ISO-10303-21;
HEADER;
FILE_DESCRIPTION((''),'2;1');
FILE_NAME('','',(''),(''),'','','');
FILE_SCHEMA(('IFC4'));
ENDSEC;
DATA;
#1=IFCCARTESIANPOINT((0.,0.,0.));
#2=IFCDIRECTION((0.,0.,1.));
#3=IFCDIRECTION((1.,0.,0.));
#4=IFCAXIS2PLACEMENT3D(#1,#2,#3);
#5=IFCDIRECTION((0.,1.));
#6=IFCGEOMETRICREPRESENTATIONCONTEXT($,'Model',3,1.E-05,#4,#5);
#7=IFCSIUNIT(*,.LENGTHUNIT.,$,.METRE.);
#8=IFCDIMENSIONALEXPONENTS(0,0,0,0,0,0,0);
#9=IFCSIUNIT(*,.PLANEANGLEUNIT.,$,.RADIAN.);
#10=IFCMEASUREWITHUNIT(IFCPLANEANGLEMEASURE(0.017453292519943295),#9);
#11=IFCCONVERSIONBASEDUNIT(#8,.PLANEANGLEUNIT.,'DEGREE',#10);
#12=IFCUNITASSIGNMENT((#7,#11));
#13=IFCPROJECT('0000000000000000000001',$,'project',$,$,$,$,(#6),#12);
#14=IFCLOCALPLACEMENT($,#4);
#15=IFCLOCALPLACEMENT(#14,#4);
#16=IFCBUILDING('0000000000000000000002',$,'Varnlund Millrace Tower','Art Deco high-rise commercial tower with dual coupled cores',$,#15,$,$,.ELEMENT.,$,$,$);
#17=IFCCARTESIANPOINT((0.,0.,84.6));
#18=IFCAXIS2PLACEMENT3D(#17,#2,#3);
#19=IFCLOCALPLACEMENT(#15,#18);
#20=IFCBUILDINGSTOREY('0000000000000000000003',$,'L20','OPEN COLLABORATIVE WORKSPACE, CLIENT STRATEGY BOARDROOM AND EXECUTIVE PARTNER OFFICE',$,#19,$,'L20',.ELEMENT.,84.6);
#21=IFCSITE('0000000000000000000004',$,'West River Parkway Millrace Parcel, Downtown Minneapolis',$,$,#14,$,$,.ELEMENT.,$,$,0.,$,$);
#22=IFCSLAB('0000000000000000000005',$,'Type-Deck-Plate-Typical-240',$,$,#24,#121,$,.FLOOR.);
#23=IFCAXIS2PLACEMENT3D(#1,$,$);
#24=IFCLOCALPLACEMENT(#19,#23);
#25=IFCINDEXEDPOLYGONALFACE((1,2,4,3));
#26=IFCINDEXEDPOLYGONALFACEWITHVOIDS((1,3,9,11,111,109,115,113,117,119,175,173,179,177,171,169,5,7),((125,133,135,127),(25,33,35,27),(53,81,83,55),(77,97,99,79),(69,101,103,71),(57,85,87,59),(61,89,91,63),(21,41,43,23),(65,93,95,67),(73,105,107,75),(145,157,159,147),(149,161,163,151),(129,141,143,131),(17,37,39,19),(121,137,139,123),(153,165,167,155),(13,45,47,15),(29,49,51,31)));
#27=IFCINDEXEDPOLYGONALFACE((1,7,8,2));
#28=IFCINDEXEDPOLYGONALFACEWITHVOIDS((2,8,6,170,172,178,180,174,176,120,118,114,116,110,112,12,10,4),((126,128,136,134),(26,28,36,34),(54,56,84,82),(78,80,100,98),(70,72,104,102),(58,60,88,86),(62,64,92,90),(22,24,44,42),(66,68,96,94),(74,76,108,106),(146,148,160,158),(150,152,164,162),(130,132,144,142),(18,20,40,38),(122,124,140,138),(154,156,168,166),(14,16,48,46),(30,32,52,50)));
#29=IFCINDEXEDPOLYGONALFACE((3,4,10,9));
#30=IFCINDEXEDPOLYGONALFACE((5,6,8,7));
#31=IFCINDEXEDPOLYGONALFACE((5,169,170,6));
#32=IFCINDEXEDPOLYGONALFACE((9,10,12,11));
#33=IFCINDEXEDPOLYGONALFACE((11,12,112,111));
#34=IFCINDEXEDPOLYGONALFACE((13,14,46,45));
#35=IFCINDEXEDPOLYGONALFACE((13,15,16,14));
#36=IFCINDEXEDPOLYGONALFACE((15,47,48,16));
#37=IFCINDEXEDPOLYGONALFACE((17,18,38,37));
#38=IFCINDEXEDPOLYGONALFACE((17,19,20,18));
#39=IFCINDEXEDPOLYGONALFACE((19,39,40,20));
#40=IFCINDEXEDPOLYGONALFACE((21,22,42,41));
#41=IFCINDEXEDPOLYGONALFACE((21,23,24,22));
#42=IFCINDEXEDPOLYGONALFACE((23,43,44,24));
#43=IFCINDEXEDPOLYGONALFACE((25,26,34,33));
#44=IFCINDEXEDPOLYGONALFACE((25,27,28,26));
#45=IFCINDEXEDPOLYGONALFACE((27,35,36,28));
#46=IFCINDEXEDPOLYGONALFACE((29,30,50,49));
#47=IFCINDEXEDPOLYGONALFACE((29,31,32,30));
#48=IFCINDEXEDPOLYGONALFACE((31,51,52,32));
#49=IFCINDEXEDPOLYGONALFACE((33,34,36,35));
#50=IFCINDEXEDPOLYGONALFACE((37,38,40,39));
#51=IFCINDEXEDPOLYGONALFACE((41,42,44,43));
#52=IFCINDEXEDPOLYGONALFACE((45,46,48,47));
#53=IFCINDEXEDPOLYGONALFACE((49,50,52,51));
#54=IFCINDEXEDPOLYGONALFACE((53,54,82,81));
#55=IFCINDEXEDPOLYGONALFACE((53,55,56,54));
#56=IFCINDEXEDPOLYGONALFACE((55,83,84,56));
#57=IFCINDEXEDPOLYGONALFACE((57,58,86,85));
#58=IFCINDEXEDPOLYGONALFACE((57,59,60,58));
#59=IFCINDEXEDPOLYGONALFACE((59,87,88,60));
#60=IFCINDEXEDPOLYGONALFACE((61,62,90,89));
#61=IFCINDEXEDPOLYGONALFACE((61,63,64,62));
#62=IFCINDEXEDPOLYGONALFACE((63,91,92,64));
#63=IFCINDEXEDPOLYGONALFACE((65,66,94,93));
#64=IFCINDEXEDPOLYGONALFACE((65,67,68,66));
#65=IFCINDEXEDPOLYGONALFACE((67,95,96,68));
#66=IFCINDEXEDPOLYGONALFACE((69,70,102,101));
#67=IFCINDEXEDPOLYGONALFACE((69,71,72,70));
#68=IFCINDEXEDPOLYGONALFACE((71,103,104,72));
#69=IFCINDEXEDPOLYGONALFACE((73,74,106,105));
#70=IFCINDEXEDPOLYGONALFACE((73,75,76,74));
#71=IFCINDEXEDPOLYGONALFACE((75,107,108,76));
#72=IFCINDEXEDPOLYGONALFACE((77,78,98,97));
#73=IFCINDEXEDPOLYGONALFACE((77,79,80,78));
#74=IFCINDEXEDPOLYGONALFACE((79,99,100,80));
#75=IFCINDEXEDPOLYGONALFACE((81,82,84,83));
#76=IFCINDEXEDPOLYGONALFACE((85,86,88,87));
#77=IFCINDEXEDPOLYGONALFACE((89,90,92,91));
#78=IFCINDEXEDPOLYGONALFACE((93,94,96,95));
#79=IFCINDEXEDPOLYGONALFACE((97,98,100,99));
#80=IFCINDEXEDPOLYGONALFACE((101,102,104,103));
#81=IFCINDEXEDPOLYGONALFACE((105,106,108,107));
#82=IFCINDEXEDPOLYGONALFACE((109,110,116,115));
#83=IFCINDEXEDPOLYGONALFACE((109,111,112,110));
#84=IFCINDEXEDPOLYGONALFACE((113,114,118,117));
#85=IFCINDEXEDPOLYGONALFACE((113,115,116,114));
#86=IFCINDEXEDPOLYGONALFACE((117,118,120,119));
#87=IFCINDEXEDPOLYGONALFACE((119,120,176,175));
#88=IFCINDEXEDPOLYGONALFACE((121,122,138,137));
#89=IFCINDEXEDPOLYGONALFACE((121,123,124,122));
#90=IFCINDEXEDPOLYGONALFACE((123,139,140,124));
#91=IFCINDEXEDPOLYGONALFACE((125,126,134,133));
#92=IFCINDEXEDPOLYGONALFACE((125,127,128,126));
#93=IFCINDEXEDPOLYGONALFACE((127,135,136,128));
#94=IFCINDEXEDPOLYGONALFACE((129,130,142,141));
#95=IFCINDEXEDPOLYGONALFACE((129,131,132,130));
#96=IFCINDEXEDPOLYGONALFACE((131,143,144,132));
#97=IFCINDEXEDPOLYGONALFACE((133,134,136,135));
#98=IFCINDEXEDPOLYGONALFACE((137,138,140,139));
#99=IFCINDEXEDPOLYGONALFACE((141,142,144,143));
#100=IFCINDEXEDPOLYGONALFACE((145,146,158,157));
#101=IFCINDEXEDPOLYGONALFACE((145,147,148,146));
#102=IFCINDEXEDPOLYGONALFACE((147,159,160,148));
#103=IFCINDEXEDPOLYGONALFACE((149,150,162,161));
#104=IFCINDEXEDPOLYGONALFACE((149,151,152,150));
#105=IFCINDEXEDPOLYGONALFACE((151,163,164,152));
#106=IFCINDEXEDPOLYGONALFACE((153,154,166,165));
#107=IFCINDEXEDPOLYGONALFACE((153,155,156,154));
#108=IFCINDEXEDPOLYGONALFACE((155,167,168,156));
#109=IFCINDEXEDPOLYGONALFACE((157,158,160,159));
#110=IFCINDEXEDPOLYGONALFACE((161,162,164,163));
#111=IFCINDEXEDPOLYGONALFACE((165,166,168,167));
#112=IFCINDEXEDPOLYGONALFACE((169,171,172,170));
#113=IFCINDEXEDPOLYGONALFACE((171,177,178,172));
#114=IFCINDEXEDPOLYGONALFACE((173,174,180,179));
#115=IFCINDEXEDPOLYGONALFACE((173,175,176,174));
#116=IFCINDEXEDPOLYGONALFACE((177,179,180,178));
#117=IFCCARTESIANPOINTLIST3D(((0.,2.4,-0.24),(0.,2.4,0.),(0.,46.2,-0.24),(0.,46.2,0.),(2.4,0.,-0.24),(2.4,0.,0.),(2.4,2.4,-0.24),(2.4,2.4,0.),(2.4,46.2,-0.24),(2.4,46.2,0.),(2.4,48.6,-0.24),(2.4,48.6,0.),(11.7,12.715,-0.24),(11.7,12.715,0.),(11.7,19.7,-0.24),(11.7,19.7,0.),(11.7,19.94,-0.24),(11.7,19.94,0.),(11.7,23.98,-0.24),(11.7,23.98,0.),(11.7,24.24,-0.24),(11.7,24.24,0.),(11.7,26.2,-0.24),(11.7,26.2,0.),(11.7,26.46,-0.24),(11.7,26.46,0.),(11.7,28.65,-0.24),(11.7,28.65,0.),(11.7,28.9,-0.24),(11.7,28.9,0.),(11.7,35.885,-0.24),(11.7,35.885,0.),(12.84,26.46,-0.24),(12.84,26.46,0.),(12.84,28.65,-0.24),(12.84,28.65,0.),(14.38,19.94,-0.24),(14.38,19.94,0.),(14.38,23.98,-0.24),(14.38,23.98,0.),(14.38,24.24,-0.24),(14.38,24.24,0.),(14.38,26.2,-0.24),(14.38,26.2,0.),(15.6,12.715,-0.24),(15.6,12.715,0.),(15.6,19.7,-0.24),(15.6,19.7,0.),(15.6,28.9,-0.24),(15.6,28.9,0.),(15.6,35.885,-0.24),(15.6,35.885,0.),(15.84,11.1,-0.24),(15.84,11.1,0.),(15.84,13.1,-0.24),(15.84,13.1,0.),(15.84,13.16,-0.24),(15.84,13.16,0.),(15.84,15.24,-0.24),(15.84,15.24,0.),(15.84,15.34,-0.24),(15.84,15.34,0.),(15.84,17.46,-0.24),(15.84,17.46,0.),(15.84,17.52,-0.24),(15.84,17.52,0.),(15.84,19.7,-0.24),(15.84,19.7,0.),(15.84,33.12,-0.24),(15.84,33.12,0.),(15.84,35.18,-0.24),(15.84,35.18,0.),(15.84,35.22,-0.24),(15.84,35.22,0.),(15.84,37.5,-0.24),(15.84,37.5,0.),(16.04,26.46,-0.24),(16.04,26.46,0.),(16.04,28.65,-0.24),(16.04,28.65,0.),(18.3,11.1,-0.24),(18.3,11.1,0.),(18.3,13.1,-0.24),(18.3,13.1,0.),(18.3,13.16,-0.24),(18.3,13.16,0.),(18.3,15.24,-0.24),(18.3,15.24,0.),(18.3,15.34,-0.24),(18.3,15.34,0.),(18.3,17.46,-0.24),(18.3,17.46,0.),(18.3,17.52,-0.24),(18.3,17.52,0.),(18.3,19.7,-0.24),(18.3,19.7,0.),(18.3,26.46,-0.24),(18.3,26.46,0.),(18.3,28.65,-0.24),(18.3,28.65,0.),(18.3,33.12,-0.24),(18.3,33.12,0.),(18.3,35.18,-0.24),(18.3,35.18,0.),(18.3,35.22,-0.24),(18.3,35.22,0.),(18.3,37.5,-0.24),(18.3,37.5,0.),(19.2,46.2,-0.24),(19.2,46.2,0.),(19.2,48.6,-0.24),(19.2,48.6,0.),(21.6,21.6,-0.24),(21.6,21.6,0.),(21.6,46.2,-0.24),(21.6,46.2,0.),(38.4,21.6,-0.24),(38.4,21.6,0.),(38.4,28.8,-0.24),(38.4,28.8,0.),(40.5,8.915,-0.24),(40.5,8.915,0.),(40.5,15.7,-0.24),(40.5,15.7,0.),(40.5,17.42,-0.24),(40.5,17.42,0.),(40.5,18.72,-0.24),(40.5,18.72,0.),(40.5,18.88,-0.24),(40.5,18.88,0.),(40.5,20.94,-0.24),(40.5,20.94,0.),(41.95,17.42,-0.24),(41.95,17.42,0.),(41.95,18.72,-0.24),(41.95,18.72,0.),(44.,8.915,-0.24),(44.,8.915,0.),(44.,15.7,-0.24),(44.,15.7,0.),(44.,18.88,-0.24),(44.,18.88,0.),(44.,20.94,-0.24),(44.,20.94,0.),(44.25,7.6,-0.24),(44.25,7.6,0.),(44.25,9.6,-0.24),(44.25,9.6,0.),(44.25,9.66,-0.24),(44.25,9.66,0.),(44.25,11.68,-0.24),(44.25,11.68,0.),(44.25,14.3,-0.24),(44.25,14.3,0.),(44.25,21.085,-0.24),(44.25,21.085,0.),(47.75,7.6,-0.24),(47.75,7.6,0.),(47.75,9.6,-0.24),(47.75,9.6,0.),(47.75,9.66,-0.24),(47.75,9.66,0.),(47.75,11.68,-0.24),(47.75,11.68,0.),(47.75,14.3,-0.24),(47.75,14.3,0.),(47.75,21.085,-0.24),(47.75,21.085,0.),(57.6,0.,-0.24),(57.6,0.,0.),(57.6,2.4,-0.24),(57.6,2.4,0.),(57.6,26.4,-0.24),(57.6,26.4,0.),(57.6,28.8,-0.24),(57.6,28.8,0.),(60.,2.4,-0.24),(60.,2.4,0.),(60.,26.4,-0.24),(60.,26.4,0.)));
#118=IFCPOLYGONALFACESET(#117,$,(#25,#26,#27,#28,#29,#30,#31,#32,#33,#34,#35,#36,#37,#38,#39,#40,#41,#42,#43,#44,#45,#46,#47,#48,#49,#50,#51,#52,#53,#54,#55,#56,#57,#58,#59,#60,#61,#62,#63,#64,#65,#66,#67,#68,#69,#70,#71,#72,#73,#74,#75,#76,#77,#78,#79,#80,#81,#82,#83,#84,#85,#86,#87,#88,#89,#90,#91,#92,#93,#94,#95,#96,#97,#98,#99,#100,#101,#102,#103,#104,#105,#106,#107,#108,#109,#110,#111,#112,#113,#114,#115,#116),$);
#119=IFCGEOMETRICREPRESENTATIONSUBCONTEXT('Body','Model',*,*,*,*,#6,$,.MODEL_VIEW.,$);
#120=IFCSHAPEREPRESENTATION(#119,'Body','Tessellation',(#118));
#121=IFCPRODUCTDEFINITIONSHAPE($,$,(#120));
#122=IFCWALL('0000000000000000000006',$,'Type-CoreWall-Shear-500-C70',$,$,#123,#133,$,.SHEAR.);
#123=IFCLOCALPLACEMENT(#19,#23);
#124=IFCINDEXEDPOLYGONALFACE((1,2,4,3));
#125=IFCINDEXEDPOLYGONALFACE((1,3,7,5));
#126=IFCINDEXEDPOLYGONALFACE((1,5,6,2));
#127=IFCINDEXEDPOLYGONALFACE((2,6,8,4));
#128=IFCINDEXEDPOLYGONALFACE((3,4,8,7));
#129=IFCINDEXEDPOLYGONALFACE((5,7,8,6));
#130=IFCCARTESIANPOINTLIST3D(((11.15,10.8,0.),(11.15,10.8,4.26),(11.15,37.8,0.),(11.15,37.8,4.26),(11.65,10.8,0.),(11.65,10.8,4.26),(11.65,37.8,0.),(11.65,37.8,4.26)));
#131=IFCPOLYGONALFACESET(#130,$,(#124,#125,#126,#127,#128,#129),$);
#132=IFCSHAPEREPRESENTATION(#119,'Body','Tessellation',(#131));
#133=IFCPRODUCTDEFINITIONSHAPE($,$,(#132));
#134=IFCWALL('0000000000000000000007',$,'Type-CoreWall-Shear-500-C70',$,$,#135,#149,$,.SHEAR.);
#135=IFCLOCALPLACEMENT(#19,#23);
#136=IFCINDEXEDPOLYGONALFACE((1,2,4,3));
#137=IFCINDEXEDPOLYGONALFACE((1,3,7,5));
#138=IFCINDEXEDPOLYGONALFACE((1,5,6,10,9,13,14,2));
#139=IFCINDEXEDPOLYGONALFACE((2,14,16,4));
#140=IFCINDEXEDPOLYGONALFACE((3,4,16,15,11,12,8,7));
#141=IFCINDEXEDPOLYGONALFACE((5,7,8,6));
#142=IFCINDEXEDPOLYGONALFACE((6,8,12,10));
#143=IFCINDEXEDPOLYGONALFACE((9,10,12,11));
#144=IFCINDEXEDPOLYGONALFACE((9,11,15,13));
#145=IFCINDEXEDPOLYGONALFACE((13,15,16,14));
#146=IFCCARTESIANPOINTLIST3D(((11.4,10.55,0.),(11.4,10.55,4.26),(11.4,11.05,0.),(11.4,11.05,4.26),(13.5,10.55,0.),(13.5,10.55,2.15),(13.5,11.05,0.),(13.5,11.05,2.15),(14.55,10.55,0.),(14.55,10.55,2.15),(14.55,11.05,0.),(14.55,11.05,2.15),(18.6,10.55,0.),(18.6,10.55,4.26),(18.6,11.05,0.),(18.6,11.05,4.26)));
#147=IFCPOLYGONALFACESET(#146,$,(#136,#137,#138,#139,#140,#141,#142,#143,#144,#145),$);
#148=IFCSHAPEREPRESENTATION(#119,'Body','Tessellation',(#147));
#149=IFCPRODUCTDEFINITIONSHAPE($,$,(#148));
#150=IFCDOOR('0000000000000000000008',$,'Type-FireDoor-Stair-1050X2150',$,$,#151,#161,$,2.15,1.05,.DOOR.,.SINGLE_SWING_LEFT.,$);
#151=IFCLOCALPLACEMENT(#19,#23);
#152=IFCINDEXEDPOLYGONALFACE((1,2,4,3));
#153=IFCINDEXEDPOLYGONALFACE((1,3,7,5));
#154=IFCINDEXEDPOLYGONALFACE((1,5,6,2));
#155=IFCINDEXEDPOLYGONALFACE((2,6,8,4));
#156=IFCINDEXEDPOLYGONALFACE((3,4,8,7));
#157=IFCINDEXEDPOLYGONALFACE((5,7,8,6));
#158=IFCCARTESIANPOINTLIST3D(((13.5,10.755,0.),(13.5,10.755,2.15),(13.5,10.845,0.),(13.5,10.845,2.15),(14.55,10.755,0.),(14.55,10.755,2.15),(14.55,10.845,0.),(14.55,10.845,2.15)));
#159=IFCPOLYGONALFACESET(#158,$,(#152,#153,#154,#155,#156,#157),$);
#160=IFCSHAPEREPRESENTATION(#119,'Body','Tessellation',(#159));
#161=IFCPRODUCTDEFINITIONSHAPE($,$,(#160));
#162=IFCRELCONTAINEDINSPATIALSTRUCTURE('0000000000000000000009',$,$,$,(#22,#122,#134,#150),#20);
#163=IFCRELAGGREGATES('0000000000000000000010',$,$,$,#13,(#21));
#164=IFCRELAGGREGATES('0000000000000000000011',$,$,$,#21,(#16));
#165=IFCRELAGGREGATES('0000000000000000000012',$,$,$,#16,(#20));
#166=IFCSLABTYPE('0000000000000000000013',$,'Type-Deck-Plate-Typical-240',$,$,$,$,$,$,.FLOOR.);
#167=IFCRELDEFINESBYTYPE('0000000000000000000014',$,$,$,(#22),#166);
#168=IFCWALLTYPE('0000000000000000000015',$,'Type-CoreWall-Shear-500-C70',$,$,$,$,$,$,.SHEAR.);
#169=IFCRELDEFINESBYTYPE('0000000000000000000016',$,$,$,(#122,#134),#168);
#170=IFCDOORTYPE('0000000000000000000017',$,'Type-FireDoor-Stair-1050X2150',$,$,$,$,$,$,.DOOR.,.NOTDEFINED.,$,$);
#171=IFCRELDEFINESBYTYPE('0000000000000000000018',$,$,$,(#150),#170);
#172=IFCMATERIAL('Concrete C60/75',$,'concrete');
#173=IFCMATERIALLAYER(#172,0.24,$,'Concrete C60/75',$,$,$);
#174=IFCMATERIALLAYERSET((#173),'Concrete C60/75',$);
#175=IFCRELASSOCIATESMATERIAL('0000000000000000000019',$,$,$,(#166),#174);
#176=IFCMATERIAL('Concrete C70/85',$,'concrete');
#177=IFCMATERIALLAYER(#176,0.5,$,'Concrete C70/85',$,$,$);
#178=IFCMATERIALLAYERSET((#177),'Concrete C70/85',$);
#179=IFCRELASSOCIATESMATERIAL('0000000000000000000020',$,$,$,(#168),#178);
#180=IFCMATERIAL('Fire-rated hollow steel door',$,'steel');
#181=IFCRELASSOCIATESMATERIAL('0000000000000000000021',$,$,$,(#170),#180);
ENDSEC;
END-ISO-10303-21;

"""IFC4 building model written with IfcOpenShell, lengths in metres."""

from ifc_helpers import new_model, entity, si_unit, converted_unit, direction, frame, origin_with_axes, origin_2d_with_axis, place, context, subcontext, project, spatial, polyline, rectangle, outline, extrude, material, layer, layer_set, type_object, element, fill, save


model = new_model("IFC4")

# Units and contexts
model_context = context("Model", 3, precision=1e-05, world=origin_with_axes(), true_north=direction((0.0, 1.0)))
body_context = subcontext(model_context, "Body", "Model", "MODEL_VIEW")
ifc_project = project(units=[si_unit("LENGTHUNIT", "METRE"), converted_unit("PLANEANGLEUNIT", "DEGREE", entity("IfcPlaneAngleMeasure", 0.017453292519943295), si_unit("PLANEANGLEUNIT", "RADIAN"), dimensions=[0, 0, 0, 0, 0, 0, 0])], contexts=[model_context])

# Site, building, storey
site_placement = place(None, origin_with_axes())
site = spatial("IfcSite", under=ifc_project, at=site_placement, Name="West River Parkway Millrace Parcel, Downtown Minneapolis", CompositionType="ELEMENT", RefElevation=0.0)
building_placement = place(site_placement, origin_with_axes())
building = spatial("IfcBuilding", under=site, at=building_placement, Name="Varnlund Millrace Tower", Description="Art Deco high-rise commercial tower with dual coupled cores", CompositionType="ELEMENT")
storey_placement = place(building_placement, frame((0.0, 0.0, 84.6), z_axis=(0.0, 0.0, 1.0), x_axis=(1.0, 0.0, 0.0)))
storey = spatial("IfcBuildingStorey", under=building, at=storey_placement, Name="L20", Description="OPEN COLLABORATIVE WORKSPACE, CLIENT STRATEGY BOARDROOM AND EXECUTIVE PARTNER OFFICE", LongName="L20", CompositionType="ELEMENT", Elevation=84.6)

# Slab
ifc_material_1 = material(Name="Concrete C60/75", Category="concrete")
ifc_layer_1 = layer(ifc_material_1, 0.24, Name="Concrete C60/75")
ifc_layer_set_1 = layer_set([ifc_layer_1], Name="Concrete C60/75")
slab_type = type_object("IfcSlabType", Name="Type-Deck-Plate-Typical-240", PredefinedType="FLOOR", material=ifc_layer_set_1)
slab_placement = place(storey_placement, frame((0.0, 0.0, -0.24), z_axis=(0.0, 0.0, 1.0), x_axis=(1.0, 0.0, 0.0)))
element("IfcSlab", 1, at=slab_placement, inside=storey, type_object=slab_type, Name="Type-Deck-Plate-Typical-240", PredefinedType="FLOOR", context=body_context, shape_type="SweptSolid", body=[
    extrude(outline(polyline([(21.6, 21.6), (21.6, 46.2), (19.2, 46.2), (19.2, 48.6), (2.4, 48.6), (2.4, 46.2), (0.0, 46.2), (0.0, 2.4), (2.4, 2.4), (2.4, 0.0), (57.6, 0.0), (57.6, 2.4), (60.0, 2.4), (60.0, 26.4), (57.6, 26.4), (57.6, 28.8), (38.4, 28.8), (38.4, 21.6), (21.6, 21.6)]), holes=[polyline([(18.3, 11.1), (15.84, 11.1), (15.84, 13.1), (18.3, 13.1), (18.3, 11.1)]), polyline([(18.3, 13.16), (15.84, 13.16), (15.84, 15.24), (18.3, 15.24), (18.3, 13.16)]), polyline([(15.6, 12.715), (11.7, 12.715), (11.7, 19.7), (15.6, 19.7), (15.6, 12.715)]), polyline([(18.3, 15.34), (15.84, 15.34), (15.84, 17.46), (18.3, 17.46), (18.3, 15.34)]), polyline([(18.3, 17.52), (15.84, 17.52), (15.84, 19.7), (18.3, 19.7), (18.3, 17.52)]), polyline([(14.38, 23.98), (14.38, 19.94), (11.7, 19.94), (11.7, 23.98), (14.38, 23.98)]), polyline([(11.7, 24.24), (11.7, 26.2), (14.38, 26.2), (14.38, 24.24), (11.7, 24.24)]), polyline([(11.7, 26.46), (11.7, 28.65), (12.84, 28.65), (12.84, 26.46), (11.7, 26.46)]), polyline([(15.6, 28.9), (11.7, 28.9), (11.7, 35.885), (15.6, 35.885), (15.6, 28.9)]), polyline([(47.75, 7.6), (44.25, 7.6), (44.25, 9.6), (47.75, 9.6), (47.75, 7.6)]), polyline([(47.75, 9.66), (44.25, 9.66), (44.25, 11.68), (47.75, 11.68), (47.75, 9.66)]), polyline([(40.5, 8.915), (40.5, 15.7), (44.0, 15.7), (44.0, 8.915), (40.5, 8.915)]), polyline([(44.25, 14.3), (44.25, 21.085), (47.75, 21.085), (47.75, 14.3), (44.25, 14.3)]), polyline([(41.95, 17.42), (40.5, 17.42), (40.5, 18.72), (41.95, 18.72), (41.95, 17.42)]), polyline([(44.0, 18.88), (40.5, 18.88), (40.5, 20.94), (44.0, 20.94), (44.0, 18.88)]), polyline([(18.3, 26.46), (16.04, 26.46), (16.04, 28.65), (18.3, 28.65), (18.3, 26.46)]), polyline([(15.84, 33.12), (15.84, 35.18), (18.3, 35.18), (18.3, 33.12), (15.84, 33.12)]), polyline([(15.84, 35.22), (15.84, 37.5), (18.3, 37.5), (18.3, 35.22), (15.84, 35.22)])]), origin_with_axes(), (0.0, 0.0, 1.0), 0.24),
])

# Wall
ifc_material_2 = material(Name="Concrete C70/85", Category="concrete")
ifc_layer_2 = layer(ifc_material_2, 0.5, Name="Concrete C70/85")
ifc_layer_set_2 = layer_set([ifc_layer_2], Name="Concrete C70/85")
wall_type_1 = type_object("IfcWallType", Name="Type-CoreWall-Shear-500-C70", PredefinedType="SHEAR", material=ifc_layer_set_2)
wall_1_placement = place(storey_placement, frame((11.4, 10.8, 0.0), z_axis=(0.0, 0.0, 1.0), x_axis=(0.0, 1.0, 0.0)))
element("IfcWall", 2, at=wall_1_placement, inside=storey, type_object=wall_type_1, Name="Type-CoreWall-Shear-500-C70", PredefinedType="SHEAR", context=body_context, shape_type="SweptSolid", body=[
    extrude(outline(polyline([(0.0, -0.25), (27.0, -0.25), (27.0, 0.25), (0.0, 0.25), (0.0, -0.25)])), origin_with_axes(), (0.0, 0.0, 1.0), 4.26),
])

# Wall, opening, door
wall_2_placement = place(storey_placement, frame((11.4, 10.8, 0.0), z_axis=(0.0, 0.0, 1.0), x_axis=(1.0, 0.0, 0.0)))
wall_2 = element("IfcWall", 3, at=wall_2_placement, inside=storey, type_object=wall_type_1, Name="Type-CoreWall-Shear-500-C70", PredefinedType="SHEAR", context=body_context, shape_type="SweptSolid", body=[
    extrude(outline(polyline([(0.0, -0.25), (7.2, -0.25), (7.2, 0.25), (0.0, 0.25), (0.0, -0.25)])), origin_with_axes(), (0.0, 0.0, 1.0), 4.26),
])
opening_1_placement = place(wall_2_placement, frame((2.625, 0.0, 0.0), z_axis=(0.0, 0.0, 1.0), x_axis=(1.0, 0.0, 0.0)))
opening_1 = element("IfcOpeningElement", 4, at=opening_1_placement, cuts=wall_2, PredefinedType="OPENING", context=body_context, shape_type="SweptSolid", body=[
    extrude(rectangle(XDim=1.05, YDim=0.52, at=origin_2d_with_axis()), origin_with_axes(), (0.0, 0.0, 1.0), 2.15),
])
ifc_material_3 = material(Name="Fire-rated hollow steel door", Category="steel")
door_type_1 = type_object("IfcDoorType", Name="Type-FireDoor-Stair-1050X2150", OperationType="NOTDEFINED", PredefinedType="DOOR", material=ifc_material_3)
door_1_placement = place(wall_2_placement, frame((2.625, 0.0, 0.0), z_axis=(0.0, 0.0, 1.0), x_axis=(1.0, 0.0, 0.0)))
door_1 = element("IfcDoor", 5, at=door_1_placement, inside=storey, type_object=door_type_1, Name="Type-FireDoor-Stair-1050X2150", OperationType="SINGLE_SWING_LEFT", OverallHeight=2.15, OverallWidth=1.05, PredefinedType="DOOR", context=body_context, shape_type="SweptSolid", body=[
    extrude(rectangle(XDim=1.05, YDim=0.09, at=origin_2d_with_axis()), origin_with_axes(), (0.0, 0.0, 1.0), 2.15),
])
fill(opening_1, door_1)

save(model, "model.ifc")
